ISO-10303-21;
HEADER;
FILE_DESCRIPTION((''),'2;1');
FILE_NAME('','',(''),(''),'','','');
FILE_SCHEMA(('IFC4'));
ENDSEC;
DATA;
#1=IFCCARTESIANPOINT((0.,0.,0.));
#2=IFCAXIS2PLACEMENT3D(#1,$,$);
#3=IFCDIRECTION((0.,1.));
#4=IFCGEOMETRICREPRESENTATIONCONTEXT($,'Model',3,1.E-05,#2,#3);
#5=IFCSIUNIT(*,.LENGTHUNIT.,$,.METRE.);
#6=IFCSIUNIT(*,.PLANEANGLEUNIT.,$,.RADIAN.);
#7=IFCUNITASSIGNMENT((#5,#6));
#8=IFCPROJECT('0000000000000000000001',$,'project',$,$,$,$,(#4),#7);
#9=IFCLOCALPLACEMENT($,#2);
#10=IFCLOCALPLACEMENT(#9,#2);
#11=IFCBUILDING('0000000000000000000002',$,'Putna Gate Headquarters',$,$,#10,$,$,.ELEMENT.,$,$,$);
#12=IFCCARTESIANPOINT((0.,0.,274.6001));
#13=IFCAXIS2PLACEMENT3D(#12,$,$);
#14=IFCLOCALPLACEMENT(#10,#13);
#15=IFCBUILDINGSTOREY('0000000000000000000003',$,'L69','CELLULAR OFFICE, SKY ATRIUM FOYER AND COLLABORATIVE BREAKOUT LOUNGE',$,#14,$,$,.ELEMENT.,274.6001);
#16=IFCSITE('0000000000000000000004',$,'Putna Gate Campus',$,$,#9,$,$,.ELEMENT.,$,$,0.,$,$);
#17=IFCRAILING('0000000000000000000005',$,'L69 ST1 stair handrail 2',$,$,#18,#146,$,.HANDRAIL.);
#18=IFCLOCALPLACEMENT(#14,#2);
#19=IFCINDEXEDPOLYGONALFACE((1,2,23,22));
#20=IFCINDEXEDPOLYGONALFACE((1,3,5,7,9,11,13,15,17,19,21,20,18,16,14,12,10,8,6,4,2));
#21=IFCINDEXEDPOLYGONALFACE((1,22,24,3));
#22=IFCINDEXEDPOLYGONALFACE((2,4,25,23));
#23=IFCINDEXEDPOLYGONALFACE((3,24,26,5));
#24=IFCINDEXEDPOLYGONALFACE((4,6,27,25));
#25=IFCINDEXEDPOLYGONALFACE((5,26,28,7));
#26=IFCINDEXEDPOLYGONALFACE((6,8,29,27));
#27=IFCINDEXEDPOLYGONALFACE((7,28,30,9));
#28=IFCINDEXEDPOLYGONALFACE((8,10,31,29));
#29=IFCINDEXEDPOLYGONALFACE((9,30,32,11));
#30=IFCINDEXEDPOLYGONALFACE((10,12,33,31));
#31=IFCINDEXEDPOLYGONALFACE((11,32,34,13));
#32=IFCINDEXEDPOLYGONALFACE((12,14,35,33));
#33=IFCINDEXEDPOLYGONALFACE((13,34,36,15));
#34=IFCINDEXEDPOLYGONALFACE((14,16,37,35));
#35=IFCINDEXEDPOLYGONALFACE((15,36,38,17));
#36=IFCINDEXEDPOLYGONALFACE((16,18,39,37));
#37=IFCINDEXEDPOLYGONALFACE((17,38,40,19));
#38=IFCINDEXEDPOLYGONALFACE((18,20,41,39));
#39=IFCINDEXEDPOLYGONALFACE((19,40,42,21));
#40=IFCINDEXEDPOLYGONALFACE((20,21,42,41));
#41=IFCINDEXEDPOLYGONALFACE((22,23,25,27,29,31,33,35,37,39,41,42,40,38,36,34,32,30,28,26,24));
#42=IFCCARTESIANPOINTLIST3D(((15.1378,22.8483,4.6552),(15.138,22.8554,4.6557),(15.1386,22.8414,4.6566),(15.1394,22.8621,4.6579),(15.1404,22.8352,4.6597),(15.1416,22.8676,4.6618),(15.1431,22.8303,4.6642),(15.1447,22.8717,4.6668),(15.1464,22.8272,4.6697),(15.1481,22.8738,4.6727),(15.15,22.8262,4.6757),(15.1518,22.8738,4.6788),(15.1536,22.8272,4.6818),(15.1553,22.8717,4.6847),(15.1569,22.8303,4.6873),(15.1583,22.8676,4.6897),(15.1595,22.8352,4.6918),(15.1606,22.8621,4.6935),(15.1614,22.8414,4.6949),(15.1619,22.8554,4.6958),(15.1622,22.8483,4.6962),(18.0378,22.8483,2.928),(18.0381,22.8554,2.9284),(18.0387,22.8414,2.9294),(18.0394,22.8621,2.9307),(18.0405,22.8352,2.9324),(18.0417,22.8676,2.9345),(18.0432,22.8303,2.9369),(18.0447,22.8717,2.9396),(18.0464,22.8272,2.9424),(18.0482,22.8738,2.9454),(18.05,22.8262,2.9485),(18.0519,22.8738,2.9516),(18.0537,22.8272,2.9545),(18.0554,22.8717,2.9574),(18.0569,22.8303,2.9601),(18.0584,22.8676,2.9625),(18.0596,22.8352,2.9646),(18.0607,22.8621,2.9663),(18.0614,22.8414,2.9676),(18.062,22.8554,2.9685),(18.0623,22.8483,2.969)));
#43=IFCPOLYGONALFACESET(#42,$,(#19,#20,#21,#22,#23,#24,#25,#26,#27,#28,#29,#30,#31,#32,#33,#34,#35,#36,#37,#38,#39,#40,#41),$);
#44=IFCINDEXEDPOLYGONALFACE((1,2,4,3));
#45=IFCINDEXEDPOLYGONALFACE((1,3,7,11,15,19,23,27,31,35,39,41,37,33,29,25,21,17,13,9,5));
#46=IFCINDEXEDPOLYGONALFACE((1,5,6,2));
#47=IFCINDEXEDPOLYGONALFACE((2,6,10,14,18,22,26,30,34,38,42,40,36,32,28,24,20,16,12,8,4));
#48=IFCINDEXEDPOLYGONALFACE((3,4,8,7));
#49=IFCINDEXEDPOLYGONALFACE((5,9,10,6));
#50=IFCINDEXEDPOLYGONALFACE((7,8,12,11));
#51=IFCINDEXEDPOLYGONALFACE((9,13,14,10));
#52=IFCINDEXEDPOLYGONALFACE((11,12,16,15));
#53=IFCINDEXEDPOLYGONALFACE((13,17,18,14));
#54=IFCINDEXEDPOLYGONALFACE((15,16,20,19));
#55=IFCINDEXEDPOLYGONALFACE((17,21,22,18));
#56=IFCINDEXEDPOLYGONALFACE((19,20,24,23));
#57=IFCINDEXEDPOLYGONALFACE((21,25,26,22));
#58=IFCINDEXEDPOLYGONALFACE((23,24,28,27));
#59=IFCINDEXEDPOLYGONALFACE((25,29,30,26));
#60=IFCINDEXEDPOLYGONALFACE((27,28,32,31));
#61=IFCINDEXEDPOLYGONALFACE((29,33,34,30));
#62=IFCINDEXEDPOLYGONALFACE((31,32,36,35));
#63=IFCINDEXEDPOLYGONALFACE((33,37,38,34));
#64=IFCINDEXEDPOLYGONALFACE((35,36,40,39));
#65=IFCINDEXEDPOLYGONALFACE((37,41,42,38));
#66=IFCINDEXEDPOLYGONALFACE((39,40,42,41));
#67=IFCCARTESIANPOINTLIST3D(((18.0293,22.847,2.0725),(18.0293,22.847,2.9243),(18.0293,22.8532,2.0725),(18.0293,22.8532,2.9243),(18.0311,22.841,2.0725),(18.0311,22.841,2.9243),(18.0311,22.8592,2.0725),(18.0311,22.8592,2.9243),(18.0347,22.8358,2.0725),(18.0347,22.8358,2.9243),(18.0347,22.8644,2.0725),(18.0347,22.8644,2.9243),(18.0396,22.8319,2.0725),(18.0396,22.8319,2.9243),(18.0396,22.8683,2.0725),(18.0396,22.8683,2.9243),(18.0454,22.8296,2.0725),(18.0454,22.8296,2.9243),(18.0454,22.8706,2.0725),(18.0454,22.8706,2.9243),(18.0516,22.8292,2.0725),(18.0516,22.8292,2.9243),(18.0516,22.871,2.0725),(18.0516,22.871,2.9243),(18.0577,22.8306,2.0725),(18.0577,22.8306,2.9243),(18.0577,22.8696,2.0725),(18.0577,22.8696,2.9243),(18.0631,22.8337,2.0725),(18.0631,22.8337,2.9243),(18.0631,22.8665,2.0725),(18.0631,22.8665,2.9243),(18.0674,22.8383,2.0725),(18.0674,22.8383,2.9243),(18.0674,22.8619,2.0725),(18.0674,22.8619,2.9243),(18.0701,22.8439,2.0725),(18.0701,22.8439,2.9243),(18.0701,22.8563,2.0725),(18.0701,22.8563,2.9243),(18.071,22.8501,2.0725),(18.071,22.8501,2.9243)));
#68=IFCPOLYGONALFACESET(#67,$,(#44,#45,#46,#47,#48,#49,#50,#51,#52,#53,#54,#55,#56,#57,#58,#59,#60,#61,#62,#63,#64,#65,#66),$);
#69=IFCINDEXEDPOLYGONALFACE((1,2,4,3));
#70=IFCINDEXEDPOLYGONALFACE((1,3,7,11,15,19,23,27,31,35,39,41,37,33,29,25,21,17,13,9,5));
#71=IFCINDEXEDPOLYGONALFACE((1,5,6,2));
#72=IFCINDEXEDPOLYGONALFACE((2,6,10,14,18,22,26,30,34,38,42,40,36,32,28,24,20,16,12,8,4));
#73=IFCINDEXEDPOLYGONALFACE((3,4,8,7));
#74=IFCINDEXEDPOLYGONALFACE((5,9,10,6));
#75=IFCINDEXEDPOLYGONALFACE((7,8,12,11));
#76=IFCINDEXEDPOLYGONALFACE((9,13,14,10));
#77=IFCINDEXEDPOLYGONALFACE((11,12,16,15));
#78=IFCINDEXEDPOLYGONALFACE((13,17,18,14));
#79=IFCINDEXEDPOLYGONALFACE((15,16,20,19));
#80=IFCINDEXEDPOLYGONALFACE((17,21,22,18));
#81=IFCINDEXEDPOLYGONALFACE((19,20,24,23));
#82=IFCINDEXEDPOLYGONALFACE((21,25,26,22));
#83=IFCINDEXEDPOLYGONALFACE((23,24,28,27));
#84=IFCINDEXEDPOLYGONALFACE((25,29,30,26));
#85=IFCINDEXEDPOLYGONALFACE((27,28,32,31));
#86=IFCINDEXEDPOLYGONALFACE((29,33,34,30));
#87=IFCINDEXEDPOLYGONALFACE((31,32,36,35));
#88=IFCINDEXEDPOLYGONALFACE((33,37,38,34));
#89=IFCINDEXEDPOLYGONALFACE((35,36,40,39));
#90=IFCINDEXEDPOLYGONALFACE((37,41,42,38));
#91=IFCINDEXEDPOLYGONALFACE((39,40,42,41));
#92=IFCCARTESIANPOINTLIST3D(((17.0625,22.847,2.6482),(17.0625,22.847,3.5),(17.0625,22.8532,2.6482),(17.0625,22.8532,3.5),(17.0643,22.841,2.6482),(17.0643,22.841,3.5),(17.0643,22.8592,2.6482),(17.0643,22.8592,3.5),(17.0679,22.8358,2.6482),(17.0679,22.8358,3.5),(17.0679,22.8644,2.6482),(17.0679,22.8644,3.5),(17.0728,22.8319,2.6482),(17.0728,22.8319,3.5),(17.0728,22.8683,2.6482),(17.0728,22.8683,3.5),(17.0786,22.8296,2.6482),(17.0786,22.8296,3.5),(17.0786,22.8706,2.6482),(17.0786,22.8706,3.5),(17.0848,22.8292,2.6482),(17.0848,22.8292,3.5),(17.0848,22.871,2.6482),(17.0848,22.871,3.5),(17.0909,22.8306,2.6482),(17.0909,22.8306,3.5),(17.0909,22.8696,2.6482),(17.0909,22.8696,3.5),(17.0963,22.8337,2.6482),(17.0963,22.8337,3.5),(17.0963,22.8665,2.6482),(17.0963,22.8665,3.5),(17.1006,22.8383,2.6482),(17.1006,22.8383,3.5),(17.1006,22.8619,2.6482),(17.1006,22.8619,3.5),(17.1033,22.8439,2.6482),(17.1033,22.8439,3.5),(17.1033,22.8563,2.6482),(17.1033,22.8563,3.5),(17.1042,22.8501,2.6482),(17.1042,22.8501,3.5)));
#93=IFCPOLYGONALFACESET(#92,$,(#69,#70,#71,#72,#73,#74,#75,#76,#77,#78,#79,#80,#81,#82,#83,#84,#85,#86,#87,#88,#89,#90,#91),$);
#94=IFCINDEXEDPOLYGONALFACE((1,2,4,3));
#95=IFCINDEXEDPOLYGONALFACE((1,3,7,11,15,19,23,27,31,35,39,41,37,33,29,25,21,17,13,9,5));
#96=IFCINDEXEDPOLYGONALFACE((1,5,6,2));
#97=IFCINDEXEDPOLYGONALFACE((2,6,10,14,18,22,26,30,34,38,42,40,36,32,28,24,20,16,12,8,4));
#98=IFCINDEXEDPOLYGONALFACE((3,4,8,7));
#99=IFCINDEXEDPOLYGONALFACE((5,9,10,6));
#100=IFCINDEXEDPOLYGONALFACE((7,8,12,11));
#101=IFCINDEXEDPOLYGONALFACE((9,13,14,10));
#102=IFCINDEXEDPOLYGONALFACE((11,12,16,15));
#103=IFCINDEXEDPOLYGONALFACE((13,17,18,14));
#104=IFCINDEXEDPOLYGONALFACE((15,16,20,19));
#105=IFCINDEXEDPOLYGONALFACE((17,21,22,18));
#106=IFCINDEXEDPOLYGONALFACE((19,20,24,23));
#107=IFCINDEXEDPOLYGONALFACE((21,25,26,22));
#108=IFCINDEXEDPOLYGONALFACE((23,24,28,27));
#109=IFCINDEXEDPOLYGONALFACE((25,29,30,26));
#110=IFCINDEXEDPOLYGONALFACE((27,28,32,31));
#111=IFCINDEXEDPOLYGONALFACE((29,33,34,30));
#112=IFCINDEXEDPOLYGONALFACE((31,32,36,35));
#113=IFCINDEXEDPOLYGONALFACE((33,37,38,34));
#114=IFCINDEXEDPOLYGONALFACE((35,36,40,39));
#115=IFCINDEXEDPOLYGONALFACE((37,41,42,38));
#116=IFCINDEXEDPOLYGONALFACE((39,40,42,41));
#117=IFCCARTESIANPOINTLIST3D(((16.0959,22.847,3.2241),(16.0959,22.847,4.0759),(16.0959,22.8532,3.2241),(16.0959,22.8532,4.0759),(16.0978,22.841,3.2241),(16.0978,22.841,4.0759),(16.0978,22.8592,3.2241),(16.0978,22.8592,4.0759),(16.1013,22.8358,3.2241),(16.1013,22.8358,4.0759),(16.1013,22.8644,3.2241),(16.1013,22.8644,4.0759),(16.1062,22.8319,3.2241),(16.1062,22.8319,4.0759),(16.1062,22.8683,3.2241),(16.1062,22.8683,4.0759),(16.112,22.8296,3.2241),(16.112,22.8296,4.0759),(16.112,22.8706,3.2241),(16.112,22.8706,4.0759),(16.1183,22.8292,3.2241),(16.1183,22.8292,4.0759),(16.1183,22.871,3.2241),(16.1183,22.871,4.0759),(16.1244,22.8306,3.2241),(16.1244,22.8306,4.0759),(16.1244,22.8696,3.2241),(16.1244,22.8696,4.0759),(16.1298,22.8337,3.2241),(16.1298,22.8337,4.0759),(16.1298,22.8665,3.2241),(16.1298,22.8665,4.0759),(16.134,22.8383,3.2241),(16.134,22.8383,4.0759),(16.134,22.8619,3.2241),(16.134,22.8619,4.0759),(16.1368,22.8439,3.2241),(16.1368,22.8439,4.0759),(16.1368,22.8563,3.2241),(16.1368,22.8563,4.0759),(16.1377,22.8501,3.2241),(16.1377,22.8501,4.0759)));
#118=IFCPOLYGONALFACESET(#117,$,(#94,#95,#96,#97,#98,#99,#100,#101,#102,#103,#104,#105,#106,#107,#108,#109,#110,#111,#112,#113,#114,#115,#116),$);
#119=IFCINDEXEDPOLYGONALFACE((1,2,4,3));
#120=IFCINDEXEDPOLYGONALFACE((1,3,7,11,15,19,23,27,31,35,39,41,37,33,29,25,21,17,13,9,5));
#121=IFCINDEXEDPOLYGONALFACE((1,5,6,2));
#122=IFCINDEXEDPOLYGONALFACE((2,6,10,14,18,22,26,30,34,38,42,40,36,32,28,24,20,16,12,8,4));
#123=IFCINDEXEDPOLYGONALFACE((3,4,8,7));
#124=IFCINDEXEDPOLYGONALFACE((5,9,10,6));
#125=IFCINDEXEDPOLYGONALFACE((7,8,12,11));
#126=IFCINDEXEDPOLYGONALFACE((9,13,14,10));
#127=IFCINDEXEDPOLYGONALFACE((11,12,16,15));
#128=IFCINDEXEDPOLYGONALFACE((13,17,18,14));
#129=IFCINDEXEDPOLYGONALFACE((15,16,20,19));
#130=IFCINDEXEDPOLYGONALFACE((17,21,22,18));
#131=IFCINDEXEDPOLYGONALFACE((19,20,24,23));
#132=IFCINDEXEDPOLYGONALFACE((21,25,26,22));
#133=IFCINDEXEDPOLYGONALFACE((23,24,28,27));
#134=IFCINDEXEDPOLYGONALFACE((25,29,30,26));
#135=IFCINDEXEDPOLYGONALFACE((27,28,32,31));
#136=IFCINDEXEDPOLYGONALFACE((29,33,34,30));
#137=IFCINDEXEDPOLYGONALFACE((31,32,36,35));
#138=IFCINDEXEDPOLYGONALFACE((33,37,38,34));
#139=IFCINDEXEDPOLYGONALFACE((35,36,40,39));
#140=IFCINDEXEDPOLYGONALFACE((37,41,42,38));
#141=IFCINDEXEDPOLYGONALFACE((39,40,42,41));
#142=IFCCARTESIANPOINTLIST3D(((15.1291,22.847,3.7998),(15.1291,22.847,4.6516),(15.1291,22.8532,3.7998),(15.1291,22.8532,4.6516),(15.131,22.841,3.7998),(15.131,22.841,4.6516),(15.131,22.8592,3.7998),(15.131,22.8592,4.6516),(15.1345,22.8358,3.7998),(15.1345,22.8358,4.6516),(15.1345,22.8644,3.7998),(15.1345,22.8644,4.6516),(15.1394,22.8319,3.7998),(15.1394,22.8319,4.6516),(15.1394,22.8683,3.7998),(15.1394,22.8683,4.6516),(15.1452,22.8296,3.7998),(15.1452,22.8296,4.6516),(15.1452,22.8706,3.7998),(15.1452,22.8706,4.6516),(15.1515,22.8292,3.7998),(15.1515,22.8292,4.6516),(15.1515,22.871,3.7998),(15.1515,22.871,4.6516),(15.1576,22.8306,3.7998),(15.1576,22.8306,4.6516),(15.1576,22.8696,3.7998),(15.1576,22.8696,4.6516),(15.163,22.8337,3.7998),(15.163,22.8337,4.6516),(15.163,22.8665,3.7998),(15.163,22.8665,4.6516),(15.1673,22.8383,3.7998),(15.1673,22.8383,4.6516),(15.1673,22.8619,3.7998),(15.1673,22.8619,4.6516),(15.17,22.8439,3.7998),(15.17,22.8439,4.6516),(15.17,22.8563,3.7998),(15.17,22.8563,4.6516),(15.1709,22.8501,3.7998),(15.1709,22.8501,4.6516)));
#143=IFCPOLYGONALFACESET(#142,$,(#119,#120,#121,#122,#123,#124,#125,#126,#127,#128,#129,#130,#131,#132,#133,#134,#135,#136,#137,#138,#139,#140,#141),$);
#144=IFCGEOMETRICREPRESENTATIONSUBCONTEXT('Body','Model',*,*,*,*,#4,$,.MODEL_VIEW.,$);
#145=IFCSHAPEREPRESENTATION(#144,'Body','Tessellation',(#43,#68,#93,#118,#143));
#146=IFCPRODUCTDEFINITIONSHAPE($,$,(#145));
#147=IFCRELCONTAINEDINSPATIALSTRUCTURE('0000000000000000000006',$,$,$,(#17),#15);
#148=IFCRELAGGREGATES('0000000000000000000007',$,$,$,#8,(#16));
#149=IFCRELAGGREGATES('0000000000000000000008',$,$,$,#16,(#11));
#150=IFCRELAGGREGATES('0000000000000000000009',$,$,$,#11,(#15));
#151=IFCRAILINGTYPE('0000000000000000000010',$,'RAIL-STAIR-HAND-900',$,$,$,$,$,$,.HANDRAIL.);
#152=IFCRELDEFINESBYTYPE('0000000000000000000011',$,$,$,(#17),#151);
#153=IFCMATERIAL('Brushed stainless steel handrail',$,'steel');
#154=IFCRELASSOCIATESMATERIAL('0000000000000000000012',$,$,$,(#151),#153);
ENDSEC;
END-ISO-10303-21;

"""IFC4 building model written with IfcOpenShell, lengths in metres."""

from ifc_helpers import new_model, si_unit, direction, frame, origin, origin_2d, place, context, subcontext, project, spatial, circle, extrude, material, type_object, element, save


model = new_model("IFC4")

# Units and contexts
model_context = context("Model", 3, precision=1e-05, world=origin(), true_north=direction((0.0, 1.0)))
body_context = subcontext(model_context, "Body", "Model", "MODEL_VIEW")
ifc_project = project(units=[si_unit("LENGTHUNIT", "METRE"), si_unit("PLANEANGLEUNIT", "RADIAN")], contexts=[model_context])

# Site, building, storey
site_placement = place(None, origin())
site = spatial("IfcSite", under=ifc_project, at=site_placement, Name="Putna Gate Campus", CompositionType="ELEMENT", RefElevation=0.0)
building_placement = place(site_placement, origin())
building = spatial("IfcBuilding", under=site, at=building_placement, Name="Putna Gate Headquarters", CompositionType="ELEMENT")
storey_placement = place(building_placement, frame((0.0, 0.0, 274.6001)))
storey = spatial("IfcBuildingStorey", under=building, at=storey_placement, Name="L69", Description="CELLULAR OFFICE, SKY ATRIUM FOYER AND COLLABORATIVE BREAKOUT LOUNGE", CompositionType="ELEMENT", Elevation=274.6001)

# Railing
ifc_material_1 = material(Name="Brushed stainless steel handrail", Category="steel")
railing_type_1 = type_object("IfcRailingType", Name="RAIL-STAIR-HAND-900", PredefinedType="HANDRAIL", material=ifc_material_1)
railing_1_placement = place(storey_placement, frame((18.05, 22.8501, 2.0725)))
element("IfcRailing", 1, at=railing_1_placement, inside=storey, type_object=railing_type_1, Name="L69 ST1 stair handrail 2", PredefinedType="HANDRAIL", context=body_context, shape_type="SweptSolid", body=[
    extrude(circle(Radius=0.0239, at=origin_2d()), frame((0.0, 0.0, 0.876), z_axis=(-0.85916, 0.0, 0.511706), x_axis=(0.0, -1.0, 0.0)), (0.0, 0.0, 1.0), 3.3755),
    extrude(circle(Radius=0.021, at=origin_2d()), origin(), (0.0, 0.0, 1.0), 0.8518),
    extrude(circle(Radius=0.021, at=origin_2d()), frame((-0.9668, 0.0, 0.5757)), (0.0, 0.0, 1.0), 0.8518),
    extrude(circle(Radius=0.021, at=origin_2d()), frame((-1.9333, 0.0, 1.1516)), (0.0, 0.0, 1.0), 0.8518),
    extrude(circle(Radius=0.021, at=origin_2d()), frame((-2.9001, 0.0, 1.7273)), (0.0, 0.0, 1.0), 0.8518),
])

save(model, "model.ifc")
